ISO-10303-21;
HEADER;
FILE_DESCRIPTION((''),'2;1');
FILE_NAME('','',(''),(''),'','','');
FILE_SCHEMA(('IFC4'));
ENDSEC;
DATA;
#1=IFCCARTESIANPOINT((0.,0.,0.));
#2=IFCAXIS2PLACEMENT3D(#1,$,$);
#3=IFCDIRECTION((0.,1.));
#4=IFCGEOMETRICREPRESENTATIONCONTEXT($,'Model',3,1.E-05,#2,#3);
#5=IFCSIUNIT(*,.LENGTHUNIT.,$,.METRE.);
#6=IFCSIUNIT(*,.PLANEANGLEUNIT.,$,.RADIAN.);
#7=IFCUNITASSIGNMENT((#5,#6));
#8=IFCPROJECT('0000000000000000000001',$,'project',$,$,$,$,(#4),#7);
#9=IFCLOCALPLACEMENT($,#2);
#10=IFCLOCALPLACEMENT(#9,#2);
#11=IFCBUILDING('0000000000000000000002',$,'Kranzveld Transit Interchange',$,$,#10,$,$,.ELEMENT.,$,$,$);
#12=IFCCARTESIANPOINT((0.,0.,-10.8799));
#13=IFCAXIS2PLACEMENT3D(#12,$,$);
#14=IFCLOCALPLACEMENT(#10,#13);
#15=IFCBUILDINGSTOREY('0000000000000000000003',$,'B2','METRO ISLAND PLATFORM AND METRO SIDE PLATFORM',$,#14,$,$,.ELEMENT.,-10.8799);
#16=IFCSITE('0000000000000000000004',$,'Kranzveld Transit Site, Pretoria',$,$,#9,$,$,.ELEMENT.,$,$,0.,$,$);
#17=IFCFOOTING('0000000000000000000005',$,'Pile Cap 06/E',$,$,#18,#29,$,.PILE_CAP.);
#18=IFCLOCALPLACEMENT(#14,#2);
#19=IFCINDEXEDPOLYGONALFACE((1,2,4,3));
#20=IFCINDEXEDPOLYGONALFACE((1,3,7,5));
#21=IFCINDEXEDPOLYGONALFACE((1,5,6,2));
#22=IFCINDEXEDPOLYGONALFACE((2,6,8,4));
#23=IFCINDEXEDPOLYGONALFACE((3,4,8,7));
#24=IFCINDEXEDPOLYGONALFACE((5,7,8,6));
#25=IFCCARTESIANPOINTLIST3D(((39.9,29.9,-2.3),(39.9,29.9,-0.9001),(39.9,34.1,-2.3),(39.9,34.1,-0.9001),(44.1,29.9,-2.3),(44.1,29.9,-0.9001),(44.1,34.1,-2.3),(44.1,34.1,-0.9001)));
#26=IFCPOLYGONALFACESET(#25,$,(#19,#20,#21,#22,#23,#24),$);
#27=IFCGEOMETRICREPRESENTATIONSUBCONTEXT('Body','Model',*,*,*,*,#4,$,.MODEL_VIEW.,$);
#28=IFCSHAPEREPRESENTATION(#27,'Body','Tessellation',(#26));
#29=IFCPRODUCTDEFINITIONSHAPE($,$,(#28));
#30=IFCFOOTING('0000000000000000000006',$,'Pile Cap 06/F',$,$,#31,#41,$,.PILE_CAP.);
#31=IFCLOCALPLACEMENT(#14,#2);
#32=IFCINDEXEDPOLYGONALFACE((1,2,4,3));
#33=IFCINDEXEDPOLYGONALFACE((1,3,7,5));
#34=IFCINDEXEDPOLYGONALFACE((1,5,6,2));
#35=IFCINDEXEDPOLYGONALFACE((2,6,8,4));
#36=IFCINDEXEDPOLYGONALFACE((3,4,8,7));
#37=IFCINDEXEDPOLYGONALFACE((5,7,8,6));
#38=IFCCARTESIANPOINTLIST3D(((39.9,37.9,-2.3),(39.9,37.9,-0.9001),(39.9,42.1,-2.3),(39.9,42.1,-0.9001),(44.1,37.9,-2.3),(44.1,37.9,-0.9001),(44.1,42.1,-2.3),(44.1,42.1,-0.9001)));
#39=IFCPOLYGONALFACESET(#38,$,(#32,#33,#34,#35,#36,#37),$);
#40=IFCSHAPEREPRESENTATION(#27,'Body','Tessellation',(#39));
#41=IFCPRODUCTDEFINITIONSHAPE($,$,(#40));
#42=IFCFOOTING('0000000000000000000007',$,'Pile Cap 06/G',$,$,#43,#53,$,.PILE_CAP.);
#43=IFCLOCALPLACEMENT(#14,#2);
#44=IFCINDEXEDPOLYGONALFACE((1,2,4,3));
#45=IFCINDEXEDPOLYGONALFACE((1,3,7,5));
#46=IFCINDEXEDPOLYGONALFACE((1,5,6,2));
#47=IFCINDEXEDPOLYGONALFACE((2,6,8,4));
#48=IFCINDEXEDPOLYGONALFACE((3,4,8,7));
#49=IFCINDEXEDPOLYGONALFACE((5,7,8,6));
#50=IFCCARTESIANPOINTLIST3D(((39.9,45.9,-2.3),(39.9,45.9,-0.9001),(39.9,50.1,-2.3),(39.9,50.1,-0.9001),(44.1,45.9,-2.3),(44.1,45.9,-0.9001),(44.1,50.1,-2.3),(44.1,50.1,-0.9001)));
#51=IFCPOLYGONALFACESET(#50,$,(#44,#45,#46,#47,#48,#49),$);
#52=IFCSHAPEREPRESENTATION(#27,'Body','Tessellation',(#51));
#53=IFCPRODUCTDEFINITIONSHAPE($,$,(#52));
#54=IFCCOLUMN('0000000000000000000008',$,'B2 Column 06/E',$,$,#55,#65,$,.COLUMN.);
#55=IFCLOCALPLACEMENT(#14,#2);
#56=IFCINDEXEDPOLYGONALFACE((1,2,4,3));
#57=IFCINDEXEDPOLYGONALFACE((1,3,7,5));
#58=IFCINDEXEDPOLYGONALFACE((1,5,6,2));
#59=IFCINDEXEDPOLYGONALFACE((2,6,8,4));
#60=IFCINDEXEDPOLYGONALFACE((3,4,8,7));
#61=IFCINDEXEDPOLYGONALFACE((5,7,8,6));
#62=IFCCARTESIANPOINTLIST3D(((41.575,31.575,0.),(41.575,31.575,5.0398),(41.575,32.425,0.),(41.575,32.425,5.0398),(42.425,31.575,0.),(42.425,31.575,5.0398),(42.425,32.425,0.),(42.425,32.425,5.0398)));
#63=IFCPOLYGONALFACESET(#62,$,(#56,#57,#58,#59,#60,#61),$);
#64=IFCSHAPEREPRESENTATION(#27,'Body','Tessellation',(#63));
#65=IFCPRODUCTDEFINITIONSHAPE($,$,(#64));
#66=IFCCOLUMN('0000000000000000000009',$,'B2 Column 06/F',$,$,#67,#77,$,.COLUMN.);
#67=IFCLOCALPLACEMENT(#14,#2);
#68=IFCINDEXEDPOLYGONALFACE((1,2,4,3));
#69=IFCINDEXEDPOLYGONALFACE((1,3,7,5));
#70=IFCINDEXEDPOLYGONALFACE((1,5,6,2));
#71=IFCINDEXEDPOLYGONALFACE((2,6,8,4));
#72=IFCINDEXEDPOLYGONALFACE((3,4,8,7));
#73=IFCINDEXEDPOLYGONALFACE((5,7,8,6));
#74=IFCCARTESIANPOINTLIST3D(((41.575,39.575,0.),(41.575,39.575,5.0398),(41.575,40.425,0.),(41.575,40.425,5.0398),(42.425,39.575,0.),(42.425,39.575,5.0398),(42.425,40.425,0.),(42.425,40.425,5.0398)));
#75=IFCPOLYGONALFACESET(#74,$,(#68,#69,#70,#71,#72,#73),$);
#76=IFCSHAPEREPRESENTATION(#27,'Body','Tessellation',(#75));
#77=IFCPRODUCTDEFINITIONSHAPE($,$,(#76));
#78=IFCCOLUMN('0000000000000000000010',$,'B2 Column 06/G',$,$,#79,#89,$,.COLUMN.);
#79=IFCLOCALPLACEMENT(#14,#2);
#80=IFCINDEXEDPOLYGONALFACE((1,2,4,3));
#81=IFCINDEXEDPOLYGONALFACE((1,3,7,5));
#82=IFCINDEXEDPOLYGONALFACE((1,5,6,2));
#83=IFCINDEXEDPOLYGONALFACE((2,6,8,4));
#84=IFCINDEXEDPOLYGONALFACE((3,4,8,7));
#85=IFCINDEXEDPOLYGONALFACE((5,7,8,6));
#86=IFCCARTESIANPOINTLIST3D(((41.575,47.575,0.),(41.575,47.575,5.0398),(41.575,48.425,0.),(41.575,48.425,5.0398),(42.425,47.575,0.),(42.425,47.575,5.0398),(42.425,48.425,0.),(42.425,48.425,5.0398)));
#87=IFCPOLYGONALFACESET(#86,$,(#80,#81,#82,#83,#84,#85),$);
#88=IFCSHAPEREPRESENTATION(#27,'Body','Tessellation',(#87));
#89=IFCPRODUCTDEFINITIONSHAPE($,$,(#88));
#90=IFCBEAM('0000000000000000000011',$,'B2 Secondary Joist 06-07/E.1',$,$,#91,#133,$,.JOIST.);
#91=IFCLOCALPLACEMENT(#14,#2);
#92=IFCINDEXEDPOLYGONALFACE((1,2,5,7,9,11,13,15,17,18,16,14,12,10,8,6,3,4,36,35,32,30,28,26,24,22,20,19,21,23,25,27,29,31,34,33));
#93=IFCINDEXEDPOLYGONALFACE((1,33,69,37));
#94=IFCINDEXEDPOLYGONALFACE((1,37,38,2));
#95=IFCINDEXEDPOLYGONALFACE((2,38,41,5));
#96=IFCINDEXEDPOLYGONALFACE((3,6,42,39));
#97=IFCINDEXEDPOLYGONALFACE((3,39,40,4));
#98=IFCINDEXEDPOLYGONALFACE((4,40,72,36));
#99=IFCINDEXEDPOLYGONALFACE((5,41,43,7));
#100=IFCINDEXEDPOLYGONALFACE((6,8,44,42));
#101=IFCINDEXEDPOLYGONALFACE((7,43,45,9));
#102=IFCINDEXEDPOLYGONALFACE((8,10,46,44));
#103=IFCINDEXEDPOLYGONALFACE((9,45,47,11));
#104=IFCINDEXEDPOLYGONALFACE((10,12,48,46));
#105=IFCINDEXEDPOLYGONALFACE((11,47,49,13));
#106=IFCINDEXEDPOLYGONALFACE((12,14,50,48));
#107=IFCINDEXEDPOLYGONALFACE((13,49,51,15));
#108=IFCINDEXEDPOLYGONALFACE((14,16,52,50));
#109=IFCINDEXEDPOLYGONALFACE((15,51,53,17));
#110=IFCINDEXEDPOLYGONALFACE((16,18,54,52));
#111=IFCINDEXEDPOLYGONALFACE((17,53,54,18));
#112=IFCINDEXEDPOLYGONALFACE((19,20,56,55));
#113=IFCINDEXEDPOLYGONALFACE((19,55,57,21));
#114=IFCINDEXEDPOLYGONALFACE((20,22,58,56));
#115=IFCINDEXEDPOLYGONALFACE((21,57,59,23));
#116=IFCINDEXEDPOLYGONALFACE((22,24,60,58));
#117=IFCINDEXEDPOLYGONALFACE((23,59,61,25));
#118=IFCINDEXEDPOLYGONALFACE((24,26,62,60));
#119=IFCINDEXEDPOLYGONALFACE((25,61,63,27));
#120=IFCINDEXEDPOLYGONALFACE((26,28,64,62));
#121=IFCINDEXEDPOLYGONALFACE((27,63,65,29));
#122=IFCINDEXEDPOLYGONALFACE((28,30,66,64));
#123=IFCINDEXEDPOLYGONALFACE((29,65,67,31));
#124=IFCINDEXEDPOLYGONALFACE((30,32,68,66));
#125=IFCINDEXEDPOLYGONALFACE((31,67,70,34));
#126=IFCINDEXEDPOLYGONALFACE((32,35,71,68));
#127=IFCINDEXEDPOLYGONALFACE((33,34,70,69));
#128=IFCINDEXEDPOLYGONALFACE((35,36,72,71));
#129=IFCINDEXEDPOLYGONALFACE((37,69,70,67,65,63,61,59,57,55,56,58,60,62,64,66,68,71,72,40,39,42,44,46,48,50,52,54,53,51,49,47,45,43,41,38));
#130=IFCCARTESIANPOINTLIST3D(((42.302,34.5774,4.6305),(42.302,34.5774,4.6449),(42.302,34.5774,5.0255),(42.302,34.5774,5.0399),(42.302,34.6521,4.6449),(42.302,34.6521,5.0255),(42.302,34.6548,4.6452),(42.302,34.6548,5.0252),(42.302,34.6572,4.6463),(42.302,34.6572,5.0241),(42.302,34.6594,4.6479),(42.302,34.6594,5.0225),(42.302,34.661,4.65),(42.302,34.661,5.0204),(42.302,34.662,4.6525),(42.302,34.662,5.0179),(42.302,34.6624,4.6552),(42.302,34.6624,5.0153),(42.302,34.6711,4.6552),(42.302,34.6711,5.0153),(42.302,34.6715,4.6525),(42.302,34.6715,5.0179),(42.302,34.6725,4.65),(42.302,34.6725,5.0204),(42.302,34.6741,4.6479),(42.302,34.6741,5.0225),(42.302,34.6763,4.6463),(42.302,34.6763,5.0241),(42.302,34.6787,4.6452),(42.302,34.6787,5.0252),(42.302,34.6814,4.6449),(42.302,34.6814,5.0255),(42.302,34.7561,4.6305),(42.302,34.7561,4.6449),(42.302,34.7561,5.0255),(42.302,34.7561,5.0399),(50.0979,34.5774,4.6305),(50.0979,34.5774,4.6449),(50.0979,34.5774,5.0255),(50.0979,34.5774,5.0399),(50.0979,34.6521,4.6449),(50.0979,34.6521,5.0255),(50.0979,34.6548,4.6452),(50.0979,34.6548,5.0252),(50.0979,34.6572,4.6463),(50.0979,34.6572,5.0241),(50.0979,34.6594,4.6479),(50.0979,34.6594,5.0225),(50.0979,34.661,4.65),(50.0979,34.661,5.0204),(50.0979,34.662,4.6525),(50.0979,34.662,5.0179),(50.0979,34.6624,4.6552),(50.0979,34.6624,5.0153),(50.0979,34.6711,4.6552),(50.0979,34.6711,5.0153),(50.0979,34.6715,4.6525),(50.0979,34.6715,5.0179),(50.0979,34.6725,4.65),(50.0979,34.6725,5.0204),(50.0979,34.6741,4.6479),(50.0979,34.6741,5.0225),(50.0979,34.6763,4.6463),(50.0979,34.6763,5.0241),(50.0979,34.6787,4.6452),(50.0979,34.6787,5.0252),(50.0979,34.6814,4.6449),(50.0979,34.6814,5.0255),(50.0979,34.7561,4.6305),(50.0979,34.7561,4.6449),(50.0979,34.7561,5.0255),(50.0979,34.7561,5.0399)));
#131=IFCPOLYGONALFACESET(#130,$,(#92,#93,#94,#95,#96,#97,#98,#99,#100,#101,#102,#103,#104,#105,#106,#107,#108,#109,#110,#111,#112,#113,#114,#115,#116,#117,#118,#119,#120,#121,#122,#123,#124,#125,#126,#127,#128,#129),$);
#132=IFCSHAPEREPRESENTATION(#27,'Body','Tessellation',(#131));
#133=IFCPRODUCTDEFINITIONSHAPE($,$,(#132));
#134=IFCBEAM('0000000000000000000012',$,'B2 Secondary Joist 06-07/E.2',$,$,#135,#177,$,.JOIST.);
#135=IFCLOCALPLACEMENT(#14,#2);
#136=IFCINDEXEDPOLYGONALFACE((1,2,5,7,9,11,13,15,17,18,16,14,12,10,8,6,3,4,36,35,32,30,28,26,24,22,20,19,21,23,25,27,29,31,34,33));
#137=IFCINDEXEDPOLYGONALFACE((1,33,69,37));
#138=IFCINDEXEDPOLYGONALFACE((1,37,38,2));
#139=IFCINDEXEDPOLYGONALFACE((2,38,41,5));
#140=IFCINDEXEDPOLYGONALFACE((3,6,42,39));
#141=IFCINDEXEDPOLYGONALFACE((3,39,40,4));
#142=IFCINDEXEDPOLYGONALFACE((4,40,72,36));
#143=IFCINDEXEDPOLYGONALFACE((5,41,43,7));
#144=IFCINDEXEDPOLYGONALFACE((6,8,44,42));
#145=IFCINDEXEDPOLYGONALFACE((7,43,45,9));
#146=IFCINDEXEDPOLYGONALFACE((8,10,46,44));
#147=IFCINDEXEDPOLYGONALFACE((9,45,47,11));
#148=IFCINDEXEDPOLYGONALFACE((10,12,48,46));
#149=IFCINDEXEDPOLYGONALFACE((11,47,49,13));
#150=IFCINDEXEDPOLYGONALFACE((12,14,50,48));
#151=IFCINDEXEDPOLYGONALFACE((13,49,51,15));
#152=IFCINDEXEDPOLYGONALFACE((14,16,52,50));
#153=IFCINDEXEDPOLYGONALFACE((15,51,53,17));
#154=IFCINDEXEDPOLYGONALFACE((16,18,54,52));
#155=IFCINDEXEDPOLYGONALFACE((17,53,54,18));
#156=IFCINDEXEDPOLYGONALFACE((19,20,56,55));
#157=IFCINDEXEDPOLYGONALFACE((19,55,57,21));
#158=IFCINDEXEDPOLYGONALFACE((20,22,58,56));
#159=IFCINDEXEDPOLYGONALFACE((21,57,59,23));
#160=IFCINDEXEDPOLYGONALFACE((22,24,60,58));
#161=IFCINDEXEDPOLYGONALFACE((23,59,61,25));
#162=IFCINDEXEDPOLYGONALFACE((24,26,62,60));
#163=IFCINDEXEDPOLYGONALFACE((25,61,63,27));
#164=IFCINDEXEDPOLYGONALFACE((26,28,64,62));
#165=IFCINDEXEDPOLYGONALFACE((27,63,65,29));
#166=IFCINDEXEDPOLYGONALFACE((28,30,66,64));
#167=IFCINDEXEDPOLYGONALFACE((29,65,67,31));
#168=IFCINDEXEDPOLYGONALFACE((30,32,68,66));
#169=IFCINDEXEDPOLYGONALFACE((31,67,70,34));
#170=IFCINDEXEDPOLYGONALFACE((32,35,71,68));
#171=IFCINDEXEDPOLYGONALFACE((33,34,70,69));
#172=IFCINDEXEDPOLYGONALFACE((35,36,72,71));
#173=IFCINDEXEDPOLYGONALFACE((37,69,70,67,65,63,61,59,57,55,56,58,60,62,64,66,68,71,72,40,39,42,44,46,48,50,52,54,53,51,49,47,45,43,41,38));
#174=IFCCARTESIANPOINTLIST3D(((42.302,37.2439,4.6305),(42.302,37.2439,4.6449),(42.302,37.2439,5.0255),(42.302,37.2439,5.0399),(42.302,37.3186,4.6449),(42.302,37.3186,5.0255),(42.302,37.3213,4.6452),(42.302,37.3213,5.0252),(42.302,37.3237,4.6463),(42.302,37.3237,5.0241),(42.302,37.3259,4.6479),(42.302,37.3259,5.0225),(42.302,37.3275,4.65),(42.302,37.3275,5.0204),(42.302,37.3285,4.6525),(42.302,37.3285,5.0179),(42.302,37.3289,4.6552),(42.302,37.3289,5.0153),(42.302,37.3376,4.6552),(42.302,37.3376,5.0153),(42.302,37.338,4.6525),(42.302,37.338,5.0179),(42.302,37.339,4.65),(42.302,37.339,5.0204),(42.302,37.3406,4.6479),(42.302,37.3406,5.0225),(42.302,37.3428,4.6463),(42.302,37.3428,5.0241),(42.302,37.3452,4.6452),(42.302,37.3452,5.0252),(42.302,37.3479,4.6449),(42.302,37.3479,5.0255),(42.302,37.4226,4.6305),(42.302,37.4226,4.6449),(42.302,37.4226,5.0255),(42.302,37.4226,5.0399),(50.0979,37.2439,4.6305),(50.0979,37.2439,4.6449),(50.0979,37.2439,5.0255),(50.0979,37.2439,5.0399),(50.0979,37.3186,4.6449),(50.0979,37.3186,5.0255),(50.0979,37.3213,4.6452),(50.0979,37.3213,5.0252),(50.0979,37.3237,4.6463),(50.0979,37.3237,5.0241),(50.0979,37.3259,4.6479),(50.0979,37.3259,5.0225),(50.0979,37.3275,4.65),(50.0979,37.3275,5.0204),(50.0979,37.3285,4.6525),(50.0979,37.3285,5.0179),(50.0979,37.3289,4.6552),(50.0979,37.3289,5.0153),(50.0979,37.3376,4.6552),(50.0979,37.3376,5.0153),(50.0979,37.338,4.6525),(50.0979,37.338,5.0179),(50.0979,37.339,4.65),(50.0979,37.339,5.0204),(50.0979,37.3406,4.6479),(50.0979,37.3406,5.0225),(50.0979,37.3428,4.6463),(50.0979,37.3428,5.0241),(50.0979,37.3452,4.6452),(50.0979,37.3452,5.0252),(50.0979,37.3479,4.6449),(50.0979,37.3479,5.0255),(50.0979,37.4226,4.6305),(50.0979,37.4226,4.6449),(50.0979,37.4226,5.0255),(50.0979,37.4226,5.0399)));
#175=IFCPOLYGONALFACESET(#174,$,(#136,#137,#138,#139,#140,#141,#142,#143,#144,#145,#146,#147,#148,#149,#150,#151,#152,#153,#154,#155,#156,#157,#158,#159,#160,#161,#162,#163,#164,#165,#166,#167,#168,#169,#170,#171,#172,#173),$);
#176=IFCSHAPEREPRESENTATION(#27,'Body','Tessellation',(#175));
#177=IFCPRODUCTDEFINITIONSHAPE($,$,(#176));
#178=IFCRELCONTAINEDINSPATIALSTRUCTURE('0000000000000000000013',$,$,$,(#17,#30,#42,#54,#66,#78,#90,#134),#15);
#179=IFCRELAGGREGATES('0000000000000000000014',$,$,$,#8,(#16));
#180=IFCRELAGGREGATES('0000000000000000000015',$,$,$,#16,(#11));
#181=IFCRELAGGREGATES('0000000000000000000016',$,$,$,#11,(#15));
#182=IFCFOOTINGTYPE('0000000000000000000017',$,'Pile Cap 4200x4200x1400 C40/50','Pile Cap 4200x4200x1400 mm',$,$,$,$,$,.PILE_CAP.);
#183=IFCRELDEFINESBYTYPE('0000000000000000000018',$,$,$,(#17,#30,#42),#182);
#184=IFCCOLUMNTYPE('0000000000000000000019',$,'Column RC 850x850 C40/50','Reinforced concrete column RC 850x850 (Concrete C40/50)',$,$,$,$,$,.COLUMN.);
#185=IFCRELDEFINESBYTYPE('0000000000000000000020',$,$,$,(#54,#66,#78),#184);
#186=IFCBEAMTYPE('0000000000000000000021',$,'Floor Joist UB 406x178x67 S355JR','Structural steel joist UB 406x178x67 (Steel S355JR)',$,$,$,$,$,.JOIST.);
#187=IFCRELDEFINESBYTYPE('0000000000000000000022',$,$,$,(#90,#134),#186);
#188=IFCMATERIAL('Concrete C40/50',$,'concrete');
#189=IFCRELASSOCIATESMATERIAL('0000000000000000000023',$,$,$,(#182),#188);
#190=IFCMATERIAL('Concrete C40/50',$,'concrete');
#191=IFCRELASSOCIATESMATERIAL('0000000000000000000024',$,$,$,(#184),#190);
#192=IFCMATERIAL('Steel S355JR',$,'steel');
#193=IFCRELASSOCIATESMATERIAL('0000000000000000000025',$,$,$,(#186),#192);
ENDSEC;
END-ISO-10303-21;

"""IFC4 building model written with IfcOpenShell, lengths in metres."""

from ifc_helpers import new_model, si_unit, direction, frame, origin, origin_2d, place, context, subcontext, project, spatial, rectangle, i_section, extrude, material, material_profile, profile_set, type_object, element, save


model = new_model("IFC4")

# Units and contexts
model_context = context("Model", 3, precision=1e-05, world=origin(), true_north=direction((0.0, 1.0)))
body_context = subcontext(model_context, "Body", "Model", "MODEL_VIEW")
ifc_project = project(units=[si_unit("LENGTHUNIT", "METRE"), si_unit("PLANEANGLEUNIT", "RADIAN")], contexts=[model_context])

# Site, building, storey
site_placement = place(None, origin())
site = spatial("IfcSite", under=ifc_project, at=site_placement, Name="Kranzveld Transit Site, Pretoria", CompositionType="ELEMENT", RefElevation=0.0)
building_placement = place(site_placement, origin())
building = spatial("IfcBuilding", under=site, at=building_placement, Name="Kranzveld Transit Interchange", CompositionType="ELEMENT")
storey_placement = place(building_placement, frame((0.0, 0.0, -10.8799)))
storey = spatial("IfcBuildingStorey", under=building, at=storey_placement, Name="B2", Description="METRO ISLAND PLATFORM AND METRO SIDE PLATFORM", CompositionType="ELEMENT", Elevation=-10.8799)

# Footings
ifc_material_1 = material(Name="Concrete C40/50", Category="concrete")
footing_type = type_object("IfcFootingType", Name="Pile Cap 4200x4200x1400 C40/50", Description="Pile Cap 4200x4200x1400 mm", PredefinedType="PILE_CAP", material=ifc_material_1)
for number, where, z_axis, x_axis, name in (
    (1, (42.0, 32.0, -2.3), (0.0, 0.0, 1.0), (1.0, 0.0, 0.0), "Pile Cap 06/E"),
    (2, (42.0, 40.0, -2.3), (0.0, 0.0, 1.0), (1.0, 0.0, 0.0), "Pile Cap 06/F"),
    (3, (42.0, 48.0, -2.3), (0.0, 0.0, 1.0), (1.0, 0.0, 0.0), "Pile Cap 06/G"),
):
    element("IfcFooting", number, at=place(storey_placement, frame(where, z_axis=z_axis, x_axis=x_axis)), inside=storey, type_object=footing_type, Name=name, PredefinedType="PILE_CAP", context=body_context, shape_type="SweptSolid", body=[
        extrude(rectangle(XDim=4.2, YDim=4.2, at=origin_2d()), origin(), (0.0, 0.0, 1.0), 1.3999),
    ])

# Columns
ifc_material_2 = material(Name="Concrete C40/50", Category="concrete")
ifc_material_profile_1 = material_profile(ifc_material_2, rectangle(XDim=0.8501, YDim=0.8501, at=origin_2d()), Name="RC 850x850")
ifc_profile_set_1 = profile_set([ifc_material_profile_1], Name="Concrete C40/50")
column_type = type_object("IfcColumnType", Name="Column RC 850x850 C40/50", Description="Reinforced concrete column RC 850x850 (Concrete C40/50)", PredefinedType="COLUMN", material=ifc_profile_set_1)
for number, where, z_axis, x_axis, name in (
    (4, (42.0, 32.0, 0.0), (0.0, 0.0, 1.0), (1.0, 0.0, 0.0), "B2 Column 06/E"),
    (5, (42.0, 40.0, 0.0), (0.0, 0.0, 1.0), (1.0, 0.0, 0.0), "B2 Column 06/F"),
    (6, (42.0, 48.0, 0.0), (0.0, 0.0, 1.0), (1.0, 0.0, 0.0), "B2 Column 06/G"),
):
    element("IfcColumn", number, at=place(storey_placement, frame(where, z_axis=z_axis, x_axis=x_axis)), inside=storey, type_object=column_type, Name=name, PredefinedType="COLUMN", context=body_context, shape_type="SweptSolid", body=[
        extrude(rectangle(XDim=0.8501, YDim=0.8501, at=origin_2d()), origin(), (0.0, 0.0, 1.0), 5.0398),
    ])

# Beams
ifc_material_3 = material(Name="Steel S355JR", Category="steel")
ifc_material_profile_2 = material_profile(ifc_material_3, i_section(OverallWidth=0.1787, OverallDepth=0.4094, WebThickness=0.0088, FlangeThickness=0.0144, FilletRadius=0.0103, at=origin_2d()), Name="UB 406x178x67")
ifc_profile_set_2 = profile_set([ifc_material_profile_2], Name="Steel S355JR")
beam_type_1 = type_object("IfcBeamType", Name="Floor Joist UB 406x178x67 S355JR", Description="Structural steel joist UB 406x178x67 (Steel S355JR)", PredefinedType="JOIST", material=ifc_profile_set_2)
for number, where, z_axis, x_axis, name in (
    (7, (42.302, 34.6667, 4.8352), (1.0, 0.0, 0.0), (0.0, 1.0, 0.0), "B2 Secondary Joist 06-07/E.1"),
    (8, (42.302, 37.3333, 4.8352), (1.0, 0.0, 0.0), (0.0, 1.0, 0.0), "B2 Secondary Joist 06-07/E.2"),
):
    element("IfcBeam", number, at=place(storey_placement, frame(where, z_axis=z_axis, x_axis=x_axis)), inside=storey, type_object=beam_type_1, Name=name, PredefinedType="JOIST", context=body_context, shape_type="SweptSolid", body=[
        extrude(i_section(OverallWidth=0.1787, OverallDepth=0.4094, WebThickness=0.0088, FlangeThickness=0.0144, FilletRadius=0.0103, at=origin_2d()), origin(), (0.0, 0.0, 1.0), 7.7959),
    ])

save(model, "model.ifc")
